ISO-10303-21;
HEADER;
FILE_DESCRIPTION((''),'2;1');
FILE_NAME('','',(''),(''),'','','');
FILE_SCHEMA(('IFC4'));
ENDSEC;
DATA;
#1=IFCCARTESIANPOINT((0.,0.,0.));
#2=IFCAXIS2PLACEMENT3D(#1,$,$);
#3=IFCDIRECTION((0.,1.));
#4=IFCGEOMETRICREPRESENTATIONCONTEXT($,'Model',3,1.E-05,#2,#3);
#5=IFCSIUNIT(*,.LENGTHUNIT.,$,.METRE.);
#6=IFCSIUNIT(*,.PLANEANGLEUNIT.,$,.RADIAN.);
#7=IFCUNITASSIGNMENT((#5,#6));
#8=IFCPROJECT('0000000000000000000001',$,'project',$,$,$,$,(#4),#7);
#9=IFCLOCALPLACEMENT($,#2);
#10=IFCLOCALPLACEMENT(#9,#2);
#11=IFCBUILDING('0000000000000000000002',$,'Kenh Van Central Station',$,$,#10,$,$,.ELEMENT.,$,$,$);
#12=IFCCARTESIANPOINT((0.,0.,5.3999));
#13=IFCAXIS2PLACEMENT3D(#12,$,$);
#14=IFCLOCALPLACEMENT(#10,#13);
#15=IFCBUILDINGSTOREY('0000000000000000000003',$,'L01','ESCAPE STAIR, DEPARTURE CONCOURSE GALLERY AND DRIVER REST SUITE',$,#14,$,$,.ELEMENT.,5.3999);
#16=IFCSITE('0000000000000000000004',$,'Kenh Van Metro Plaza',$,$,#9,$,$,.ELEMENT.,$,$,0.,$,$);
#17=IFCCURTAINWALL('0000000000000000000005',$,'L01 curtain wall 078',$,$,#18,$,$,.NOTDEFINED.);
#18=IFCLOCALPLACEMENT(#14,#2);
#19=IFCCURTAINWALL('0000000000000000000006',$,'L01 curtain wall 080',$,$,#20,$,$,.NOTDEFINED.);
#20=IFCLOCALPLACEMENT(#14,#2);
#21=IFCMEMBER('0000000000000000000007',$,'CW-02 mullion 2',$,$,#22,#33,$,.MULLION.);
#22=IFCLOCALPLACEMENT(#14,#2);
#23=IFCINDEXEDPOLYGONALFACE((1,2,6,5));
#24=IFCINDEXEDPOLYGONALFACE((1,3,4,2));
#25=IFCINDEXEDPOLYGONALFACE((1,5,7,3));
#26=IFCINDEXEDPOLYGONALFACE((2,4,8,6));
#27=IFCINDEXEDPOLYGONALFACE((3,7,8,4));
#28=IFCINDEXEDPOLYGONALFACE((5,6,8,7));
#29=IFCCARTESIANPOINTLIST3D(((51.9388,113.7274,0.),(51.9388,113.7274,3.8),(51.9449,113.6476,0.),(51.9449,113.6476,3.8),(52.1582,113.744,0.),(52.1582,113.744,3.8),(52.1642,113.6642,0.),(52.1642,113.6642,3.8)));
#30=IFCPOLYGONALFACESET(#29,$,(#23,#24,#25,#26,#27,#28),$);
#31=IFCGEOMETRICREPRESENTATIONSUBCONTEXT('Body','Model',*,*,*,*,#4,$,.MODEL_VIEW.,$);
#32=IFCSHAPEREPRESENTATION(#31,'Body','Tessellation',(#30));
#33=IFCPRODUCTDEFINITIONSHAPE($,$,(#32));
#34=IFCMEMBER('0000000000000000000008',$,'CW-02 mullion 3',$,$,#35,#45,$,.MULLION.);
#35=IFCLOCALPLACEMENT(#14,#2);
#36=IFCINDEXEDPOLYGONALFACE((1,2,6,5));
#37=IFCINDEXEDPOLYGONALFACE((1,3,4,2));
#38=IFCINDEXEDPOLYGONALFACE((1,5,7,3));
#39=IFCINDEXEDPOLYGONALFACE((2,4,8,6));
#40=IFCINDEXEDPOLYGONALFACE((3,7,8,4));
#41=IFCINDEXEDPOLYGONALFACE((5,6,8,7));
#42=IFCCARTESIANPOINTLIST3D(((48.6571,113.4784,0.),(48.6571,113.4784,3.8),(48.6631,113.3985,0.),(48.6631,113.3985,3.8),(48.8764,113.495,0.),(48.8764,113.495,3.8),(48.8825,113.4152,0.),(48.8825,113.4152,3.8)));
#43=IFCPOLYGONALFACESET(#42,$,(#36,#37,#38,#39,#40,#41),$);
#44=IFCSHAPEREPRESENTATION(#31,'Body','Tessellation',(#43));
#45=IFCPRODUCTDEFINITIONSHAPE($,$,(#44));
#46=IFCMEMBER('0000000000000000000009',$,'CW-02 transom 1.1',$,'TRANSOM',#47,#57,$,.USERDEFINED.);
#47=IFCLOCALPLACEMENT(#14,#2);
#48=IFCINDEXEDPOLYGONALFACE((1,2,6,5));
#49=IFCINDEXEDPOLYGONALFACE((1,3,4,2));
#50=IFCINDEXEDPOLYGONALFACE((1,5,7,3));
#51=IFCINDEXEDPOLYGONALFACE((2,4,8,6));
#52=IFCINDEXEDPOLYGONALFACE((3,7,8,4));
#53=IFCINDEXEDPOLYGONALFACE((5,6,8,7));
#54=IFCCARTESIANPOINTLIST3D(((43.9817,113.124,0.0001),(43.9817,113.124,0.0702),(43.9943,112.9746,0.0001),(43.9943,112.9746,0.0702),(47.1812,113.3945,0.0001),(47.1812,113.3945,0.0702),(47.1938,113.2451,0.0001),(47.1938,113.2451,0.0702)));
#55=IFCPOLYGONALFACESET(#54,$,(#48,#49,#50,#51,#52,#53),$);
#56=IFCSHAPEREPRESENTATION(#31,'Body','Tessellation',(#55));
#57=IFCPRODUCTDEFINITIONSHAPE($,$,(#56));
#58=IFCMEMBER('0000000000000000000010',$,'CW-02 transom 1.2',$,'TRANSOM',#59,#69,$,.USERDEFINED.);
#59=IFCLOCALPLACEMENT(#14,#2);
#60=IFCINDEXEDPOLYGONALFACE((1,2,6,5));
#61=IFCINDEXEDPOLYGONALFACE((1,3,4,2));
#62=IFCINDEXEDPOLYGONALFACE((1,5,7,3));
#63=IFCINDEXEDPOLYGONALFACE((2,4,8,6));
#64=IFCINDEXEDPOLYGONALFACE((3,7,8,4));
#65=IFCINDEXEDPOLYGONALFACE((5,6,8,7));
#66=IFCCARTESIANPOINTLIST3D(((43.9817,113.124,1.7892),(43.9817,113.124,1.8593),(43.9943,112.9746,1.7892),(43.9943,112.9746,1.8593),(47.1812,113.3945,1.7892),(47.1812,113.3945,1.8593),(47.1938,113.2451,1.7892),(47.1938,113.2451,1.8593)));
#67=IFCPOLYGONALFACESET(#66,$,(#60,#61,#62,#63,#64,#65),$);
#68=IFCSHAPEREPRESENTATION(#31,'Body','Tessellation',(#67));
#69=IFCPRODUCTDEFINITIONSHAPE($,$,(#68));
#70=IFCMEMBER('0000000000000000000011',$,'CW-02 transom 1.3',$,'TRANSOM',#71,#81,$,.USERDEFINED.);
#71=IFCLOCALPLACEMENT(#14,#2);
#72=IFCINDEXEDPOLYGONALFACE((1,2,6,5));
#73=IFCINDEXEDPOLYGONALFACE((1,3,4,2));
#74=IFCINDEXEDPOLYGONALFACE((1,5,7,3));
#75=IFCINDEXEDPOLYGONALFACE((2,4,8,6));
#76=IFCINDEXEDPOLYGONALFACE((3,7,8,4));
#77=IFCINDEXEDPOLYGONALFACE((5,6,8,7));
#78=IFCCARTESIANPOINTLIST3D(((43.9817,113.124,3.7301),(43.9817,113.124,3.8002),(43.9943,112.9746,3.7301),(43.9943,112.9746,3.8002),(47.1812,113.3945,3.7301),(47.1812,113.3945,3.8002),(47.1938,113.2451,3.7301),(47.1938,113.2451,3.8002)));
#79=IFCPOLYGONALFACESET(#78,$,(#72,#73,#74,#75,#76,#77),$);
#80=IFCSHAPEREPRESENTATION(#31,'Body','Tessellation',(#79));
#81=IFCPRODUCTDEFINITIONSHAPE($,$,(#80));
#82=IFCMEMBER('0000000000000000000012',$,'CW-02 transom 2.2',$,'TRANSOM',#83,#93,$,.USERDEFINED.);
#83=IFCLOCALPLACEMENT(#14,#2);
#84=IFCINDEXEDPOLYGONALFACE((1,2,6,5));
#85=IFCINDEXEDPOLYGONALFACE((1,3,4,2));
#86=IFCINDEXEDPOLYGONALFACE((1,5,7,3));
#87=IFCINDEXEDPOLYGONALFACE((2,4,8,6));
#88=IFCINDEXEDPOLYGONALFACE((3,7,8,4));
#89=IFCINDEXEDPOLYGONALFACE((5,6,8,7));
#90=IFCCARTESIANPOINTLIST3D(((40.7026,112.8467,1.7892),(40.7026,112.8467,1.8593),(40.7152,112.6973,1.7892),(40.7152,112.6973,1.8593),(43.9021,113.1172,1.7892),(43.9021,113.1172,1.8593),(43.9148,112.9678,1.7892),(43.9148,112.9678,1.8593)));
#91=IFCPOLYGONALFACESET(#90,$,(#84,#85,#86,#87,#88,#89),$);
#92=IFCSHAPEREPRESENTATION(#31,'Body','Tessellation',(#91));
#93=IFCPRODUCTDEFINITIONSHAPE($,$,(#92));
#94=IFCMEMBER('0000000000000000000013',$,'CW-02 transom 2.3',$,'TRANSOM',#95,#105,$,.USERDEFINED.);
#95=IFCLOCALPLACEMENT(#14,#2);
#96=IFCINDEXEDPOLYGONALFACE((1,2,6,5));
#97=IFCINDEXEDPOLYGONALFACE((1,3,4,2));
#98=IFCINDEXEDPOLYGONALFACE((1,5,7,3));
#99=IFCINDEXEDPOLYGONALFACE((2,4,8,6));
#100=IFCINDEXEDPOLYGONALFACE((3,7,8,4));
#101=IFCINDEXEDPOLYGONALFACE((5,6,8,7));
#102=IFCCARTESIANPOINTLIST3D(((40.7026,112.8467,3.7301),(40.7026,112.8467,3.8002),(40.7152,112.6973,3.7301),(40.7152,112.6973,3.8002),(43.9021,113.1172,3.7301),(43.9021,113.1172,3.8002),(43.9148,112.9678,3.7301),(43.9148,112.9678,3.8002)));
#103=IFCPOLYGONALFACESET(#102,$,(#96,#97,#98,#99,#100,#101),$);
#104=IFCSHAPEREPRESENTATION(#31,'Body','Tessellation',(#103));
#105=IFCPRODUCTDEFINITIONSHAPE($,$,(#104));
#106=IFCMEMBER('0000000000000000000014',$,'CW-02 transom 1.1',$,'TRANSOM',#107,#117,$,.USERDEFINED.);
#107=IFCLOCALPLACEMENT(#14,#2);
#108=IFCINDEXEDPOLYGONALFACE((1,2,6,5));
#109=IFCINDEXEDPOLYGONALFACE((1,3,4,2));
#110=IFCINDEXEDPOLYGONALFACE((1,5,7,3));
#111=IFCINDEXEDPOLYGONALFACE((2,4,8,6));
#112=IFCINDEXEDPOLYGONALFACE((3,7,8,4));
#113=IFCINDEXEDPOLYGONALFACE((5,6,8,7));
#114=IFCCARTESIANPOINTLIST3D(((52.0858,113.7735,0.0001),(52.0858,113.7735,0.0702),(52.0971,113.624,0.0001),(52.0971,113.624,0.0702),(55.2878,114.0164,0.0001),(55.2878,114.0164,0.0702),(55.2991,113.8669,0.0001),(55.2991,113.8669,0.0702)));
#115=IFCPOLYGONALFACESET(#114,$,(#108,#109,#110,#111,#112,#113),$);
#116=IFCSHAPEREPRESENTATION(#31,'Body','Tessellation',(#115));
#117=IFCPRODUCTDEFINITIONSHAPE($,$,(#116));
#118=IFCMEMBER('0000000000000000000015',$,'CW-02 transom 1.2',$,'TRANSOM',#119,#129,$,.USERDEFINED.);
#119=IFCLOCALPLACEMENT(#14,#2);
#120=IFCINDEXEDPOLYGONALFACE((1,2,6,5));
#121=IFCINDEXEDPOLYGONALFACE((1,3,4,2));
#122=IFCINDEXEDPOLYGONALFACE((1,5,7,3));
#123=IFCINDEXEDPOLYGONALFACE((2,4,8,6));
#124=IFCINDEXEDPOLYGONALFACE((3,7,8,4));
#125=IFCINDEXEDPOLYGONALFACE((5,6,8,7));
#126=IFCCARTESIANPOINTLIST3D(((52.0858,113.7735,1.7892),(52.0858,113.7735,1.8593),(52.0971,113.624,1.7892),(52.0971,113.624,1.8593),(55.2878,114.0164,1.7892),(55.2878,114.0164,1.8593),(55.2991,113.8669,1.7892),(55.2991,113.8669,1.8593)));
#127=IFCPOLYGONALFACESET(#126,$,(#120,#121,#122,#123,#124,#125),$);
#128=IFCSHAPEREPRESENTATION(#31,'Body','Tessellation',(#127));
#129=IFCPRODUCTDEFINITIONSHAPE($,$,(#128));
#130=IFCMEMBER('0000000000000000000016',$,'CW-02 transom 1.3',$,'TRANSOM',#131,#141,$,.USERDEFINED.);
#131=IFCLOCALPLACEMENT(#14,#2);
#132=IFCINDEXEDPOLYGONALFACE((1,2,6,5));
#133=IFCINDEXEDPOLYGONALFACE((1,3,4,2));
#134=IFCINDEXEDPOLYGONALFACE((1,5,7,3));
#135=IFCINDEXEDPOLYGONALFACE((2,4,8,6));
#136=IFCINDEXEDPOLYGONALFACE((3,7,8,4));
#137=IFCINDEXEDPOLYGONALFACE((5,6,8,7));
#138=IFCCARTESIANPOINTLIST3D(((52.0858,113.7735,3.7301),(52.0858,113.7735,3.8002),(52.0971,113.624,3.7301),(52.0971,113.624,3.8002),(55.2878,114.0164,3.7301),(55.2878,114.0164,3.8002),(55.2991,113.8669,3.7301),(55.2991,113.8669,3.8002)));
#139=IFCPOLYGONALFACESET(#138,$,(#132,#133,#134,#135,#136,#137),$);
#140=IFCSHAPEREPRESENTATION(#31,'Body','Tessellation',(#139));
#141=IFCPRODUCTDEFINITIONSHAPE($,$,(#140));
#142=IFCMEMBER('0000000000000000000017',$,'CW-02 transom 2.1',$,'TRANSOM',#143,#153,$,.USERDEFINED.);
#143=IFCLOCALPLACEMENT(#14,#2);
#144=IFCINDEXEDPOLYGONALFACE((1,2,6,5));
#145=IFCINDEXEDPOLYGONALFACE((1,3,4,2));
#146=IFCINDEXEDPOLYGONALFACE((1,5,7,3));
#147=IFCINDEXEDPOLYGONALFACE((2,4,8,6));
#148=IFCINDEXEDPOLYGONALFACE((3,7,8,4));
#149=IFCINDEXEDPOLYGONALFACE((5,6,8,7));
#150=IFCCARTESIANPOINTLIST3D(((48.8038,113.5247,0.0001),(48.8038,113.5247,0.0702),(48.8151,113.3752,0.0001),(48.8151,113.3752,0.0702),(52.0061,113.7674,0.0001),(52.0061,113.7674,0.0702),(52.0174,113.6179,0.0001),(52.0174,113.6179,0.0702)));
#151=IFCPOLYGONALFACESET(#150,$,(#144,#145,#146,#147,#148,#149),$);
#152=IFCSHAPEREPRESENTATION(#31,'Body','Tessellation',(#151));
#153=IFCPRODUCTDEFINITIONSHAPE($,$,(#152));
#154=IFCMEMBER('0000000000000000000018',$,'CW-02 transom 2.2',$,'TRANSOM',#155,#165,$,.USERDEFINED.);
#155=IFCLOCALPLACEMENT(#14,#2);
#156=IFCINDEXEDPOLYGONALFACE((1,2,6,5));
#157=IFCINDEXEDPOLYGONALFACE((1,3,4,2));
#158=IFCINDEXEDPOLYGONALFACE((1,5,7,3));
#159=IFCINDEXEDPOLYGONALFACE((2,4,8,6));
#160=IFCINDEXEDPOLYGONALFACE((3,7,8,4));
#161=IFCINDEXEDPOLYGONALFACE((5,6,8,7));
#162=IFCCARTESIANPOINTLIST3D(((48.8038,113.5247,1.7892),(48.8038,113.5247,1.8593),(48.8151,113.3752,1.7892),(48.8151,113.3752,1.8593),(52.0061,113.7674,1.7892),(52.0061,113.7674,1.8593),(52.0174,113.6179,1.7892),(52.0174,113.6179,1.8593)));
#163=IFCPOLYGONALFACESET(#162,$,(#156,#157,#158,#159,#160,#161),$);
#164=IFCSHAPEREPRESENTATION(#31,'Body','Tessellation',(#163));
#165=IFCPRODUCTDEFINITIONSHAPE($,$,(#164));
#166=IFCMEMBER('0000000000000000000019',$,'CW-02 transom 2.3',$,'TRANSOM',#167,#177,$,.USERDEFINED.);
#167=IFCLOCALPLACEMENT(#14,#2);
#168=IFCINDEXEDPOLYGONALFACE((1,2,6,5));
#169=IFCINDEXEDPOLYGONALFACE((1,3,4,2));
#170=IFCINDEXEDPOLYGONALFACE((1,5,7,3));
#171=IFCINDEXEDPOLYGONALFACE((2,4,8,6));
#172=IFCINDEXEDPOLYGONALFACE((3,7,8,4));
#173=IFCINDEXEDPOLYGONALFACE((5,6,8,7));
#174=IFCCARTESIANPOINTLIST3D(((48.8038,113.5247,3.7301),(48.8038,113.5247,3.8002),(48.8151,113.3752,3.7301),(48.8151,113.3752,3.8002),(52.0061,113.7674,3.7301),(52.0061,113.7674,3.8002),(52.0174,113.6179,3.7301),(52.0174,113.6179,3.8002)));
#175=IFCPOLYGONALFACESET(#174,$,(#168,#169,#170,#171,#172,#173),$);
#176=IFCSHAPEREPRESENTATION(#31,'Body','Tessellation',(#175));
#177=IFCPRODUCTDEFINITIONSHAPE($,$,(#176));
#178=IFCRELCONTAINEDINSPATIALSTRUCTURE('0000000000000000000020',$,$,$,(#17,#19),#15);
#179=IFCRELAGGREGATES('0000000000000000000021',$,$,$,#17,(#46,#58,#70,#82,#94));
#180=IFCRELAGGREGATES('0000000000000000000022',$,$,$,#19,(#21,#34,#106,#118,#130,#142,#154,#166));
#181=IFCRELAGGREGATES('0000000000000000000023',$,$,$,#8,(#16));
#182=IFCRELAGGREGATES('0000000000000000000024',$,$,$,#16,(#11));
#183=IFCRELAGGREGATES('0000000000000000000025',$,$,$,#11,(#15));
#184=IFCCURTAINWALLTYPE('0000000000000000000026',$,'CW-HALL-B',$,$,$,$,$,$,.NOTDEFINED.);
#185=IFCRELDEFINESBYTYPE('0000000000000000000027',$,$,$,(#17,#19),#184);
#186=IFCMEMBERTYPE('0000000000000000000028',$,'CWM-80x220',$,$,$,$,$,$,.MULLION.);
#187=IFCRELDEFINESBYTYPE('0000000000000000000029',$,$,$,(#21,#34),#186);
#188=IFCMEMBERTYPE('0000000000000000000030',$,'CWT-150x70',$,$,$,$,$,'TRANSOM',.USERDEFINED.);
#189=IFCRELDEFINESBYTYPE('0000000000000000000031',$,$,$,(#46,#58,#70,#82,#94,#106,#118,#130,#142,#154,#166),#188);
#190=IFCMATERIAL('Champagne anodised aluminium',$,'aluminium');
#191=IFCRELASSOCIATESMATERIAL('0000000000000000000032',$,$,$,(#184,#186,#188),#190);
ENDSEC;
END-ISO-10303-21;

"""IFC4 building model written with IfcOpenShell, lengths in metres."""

from ifc_helpers import new_model, si_unit, direction, frame, origin, origin_2d, place, context, subcontext, project, spatial, rectangle, extrude, material, material_profile, profile_set, type_object, element, aggregate, save


model = new_model("IFC4")

# Units and contexts
model_context = context("Model", 3, precision=1e-05, world=origin(), true_north=direction((0.0, 1.0)))
body_context = subcontext(model_context, "Body", "Model", "MODEL_VIEW")
ifc_project = project(units=[si_unit("LENGTHUNIT", "METRE"), si_unit("PLANEANGLEUNIT", "RADIAN")], contexts=[model_context])

# Site, building, storey
site_placement = place(None, origin())
site = spatial("IfcSite", under=ifc_project, at=site_placement, Name="Kenh Van Metro Plaza", CompositionType="ELEMENT", RefElevation=0.0)
building_placement = place(site_placement, origin())
building = spatial("IfcBuilding", under=site, at=building_placement, Name="Kenh Van Central Station", CompositionType="ELEMENT")
storey_placement = place(building_placement, frame((0.0, 0.0, 5.3999)))
storey = spatial("IfcBuildingStorey", under=building, at=storey_placement, Name="L01", Description="ESCAPE STAIR, DEPARTURE CONCOURSE GALLERY AND DRIVER REST SUITE", CompositionType="ELEMENT", Elevation=5.3999)

# Curtain walls, members
ifc_material_1 = material(Name="Champagne anodised aluminium", Category="aluminium")
curtain_wall_type = type_object("IfcCurtainWallType", Name="CW-HALL-B", PredefinedType="NOTDEFINED", material=ifc_material_1)
curtain_wall_1_placement = place(storey_placement, origin())
curtain_wall_1 = element("IfcCurtainWall", 1, at=curtain_wall_1_placement, inside=storey, type_object=curtain_wall_type, Name="L01 curtain wall 078", PredefinedType="NOTDEFINED")
ifc_material_profile_1 = material_profile(ifc_material_1, rectangle(XDim=0.0801, YDim=0.22, at=origin_2d()), Name="AL 80x220")
ifc_profile_set_1 = profile_set([ifc_material_profile_1], Name="Champagne anodised aluminium")
member_type_1 = type_object("IfcMemberType", Name="CWM-80x220", PredefinedType="MULLION", material=ifc_profile_set_1)
curtain_wall_2_placement = place(storey_placement, origin())
curtain_wall_2 = element("IfcCurtainWall", 2, at=curtain_wall_2_placement, inside=storey, type_object=curtain_wall_type, Name="L01 curtain wall 080", PredefinedType="NOTDEFINED")
member_1_placement = place(storey_placement, frame((52.0515, 113.6958, 0.0), z_axis=(0.0, 0.0, 1.0), x_axis=(0.075632, -0.997136, 0.0)))
member_1 = element("IfcMember", 3, at=member_1_placement, type_object=member_type_1, Name="CW-02 mullion 2", PredefinedType="MULLION", context=body_context, shape_type="SweptSolid", body=[
    extrude(rectangle(XDim=0.0801, YDim=0.22, at=origin_2d()), origin(), (0.0, 0.0, 1.0), 3.8),
])
member_2_placement = place(storey_placement, frame((48.7698, 113.4468, 0.0), z_axis=(0.0, 0.0, 1.0), x_axis=(0.075632, -0.997136, 0.0)))
member_2 = element("IfcMember", 4, at=member_2_placement, type_object=member_type_1, Name="CW-02 mullion 3", PredefinedType="MULLION", context=body_context, shape_type="SweptSolid", body=[
    extrude(rectangle(XDim=0.0801, YDim=0.22, at=origin_2d()), origin(), (0.0, 0.0, 1.0), 3.8),
])

# Members
ifc_material_profile_2 = material_profile(ifc_material_1, rectangle(XDim=0.1499, YDim=0.0701, at=origin_2d()), Name="AL 150x70")
ifc_profile_set_2 = profile_set([ifc_material_profile_2], Name="Champagne anodised aluminium")
member_type_2 = type_object("IfcMemberType", Name="CWT-150x70", ElementType="TRANSOM", PredefinedType="USERDEFINED", material=ifc_profile_set_2)
member_3_placement = place(storey_placement, frame((47.1875, 113.3198, 0.0352), z_axis=(-0.996445, -0.084247, 0.0), x_axis=(0.084247, -0.996445, 0.0)))
member_3 = element("IfcMember", 5, at=member_3_placement, type_object=member_type_2, Name="CW-02 transom 1.1", ObjectType="TRANSOM", PredefinedType="USERDEFINED", context=body_context, shape_type="SweptSolid", body=[
    extrude(rectangle(XDim=0.1499, YDim=0.0701, at=origin_2d()), origin(), (0.0, 0.0, 1.0), 3.2109),
])
member_4_placement = place(storey_placement, frame((47.1875, 113.3198, 1.8242), z_axis=(-0.996445, -0.084247, 0.0), x_axis=(0.084247, -0.996445, 0.0)))
member_4 = element("IfcMember", 6, at=member_4_placement, type_object=member_type_2, Name="CW-02 transom 1.2", ObjectType="TRANSOM", PredefinedType="USERDEFINED", context=body_context, shape_type="SweptSolid", body=[
    extrude(rectangle(XDim=0.1499, YDim=0.0701, at=origin_2d()), origin(), (0.0, 0.0, 1.0), 3.2109),
])
member_5_placement = place(storey_placement, frame((47.1875, 113.3198, 3.7651), z_axis=(-0.996445, -0.084247, 0.0), x_axis=(0.084247, -0.996445, 0.0)))
member_5 = element("IfcMember", 7, at=member_5_placement, type_object=member_type_2, Name="CW-02 transom 1.3", ObjectType="TRANSOM", PredefinedType="USERDEFINED", context=body_context, shape_type="SweptSolid", body=[
    extrude(rectangle(XDim=0.1499, YDim=0.0701, at=origin_2d()), origin(), (0.0, 0.0, 1.0), 3.2109),
])
member_6_placement = place(storey_placement, frame((43.9084, 113.0425, 1.8242), z_axis=(-0.996445, -0.084247, 0.0), x_axis=(0.084247, -0.996445, 0.0)))
member_6 = element("IfcMember", 8, at=member_6_placement, type_object=member_type_2, Name="CW-02 transom 2.2", ObjectType="TRANSOM", PredefinedType="USERDEFINED", context=body_context, shape_type="SweptSolid", body=[
    extrude(rectangle(XDim=0.1499, YDim=0.0701, at=origin_2d()), origin(), (0.0, 0.0, 1.0), 3.2109),
])
member_7_placement = place(storey_placement, frame((43.9084, 113.0425, 3.7651), z_axis=(-0.996445, -0.084247, 0.0), x_axis=(0.084247, -0.996445, 0.0)))
member_7 = element("IfcMember", 9, at=member_7_placement, type_object=member_type_2, Name="CW-02 transom 2.3", ObjectType="TRANSOM", PredefinedType="USERDEFINED", context=body_context, shape_type="SweptSolid", body=[
    extrude(rectangle(XDim=0.1499, YDim=0.0701, at=origin_2d()), origin(), (0.0, 0.0, 1.0), 3.2109),
])
member_8_placement = place(storey_placement, frame((55.2935, 113.9417, 0.0352), z_axis=(-0.997134, -0.07565, 0.0), x_axis=(0.07565, -0.997134, 0.0)))
member_8 = element("IfcMember", 10, at=member_8_placement, type_object=member_type_2, Name="CW-02 transom 1.1", ObjectType="TRANSOM", PredefinedType="USERDEFINED", context=body_context, shape_type="SweptSolid", body=[
    extrude(rectangle(XDim=0.1499, YDim=0.0701, at=origin_2d()), origin(), (0.0, 0.0, 1.0), 3.2112),
])
member_9_placement = place(storey_placement, frame((55.2935, 113.9417, 1.8242), z_axis=(-0.997134, -0.07565, 0.0), x_axis=(0.07565, -0.997134, 0.0)))
member_9 = element("IfcMember", 11, at=member_9_placement, type_object=member_type_2, Name="CW-02 transom 1.2", ObjectType="TRANSOM", PredefinedType="USERDEFINED", context=body_context, shape_type="SweptSolid", body=[
    extrude(rectangle(XDim=0.1499, YDim=0.0701, at=origin_2d()), origin(), (0.0, 0.0, 1.0), 3.2112),
])
member_10_placement = place(storey_placement, frame((55.2935, 113.9417, 3.7651), z_axis=(-0.997134, -0.07565, 0.0), x_axis=(0.07565, -0.997134, 0.0)))
member_10 = element("IfcMember", 12, at=member_10_placement, type_object=member_type_2, Name="CW-02 transom 1.3", ObjectType="TRANSOM", PredefinedType="USERDEFINED", context=body_context, shape_type="SweptSolid", body=[
    extrude(rectangle(XDim=0.1499, YDim=0.0701, at=origin_2d()), origin(), (0.0, 0.0, 1.0), 3.2112),
])
member_11_placement = place(storey_placement, frame((52.0117, 113.6926, 0.0352), z_axis=(-0.997141, -0.075569, 0.0), x_axis=(0.075569, -0.997141, 0.0)))
member_11 = element("IfcMember", 13, at=member_11_placement, type_object=member_type_2, Name="CW-02 transom 2.1", ObjectType="TRANSOM", PredefinedType="USERDEFINED", context=body_context, shape_type="SweptSolid", body=[
    extrude(rectangle(XDim=0.1499, YDim=0.0701, at=origin_2d()), origin(), (0.0, 0.0, 1.0), 3.2114),
])
member_12_placement = place(storey_placement, frame((52.0117, 113.6926, 1.8242), z_axis=(-0.997141, -0.075569, 0.0), x_axis=(0.075569, -0.997141, 0.0)))
member_12 = element("IfcMember", 14, at=member_12_placement, type_object=member_type_2, Name="CW-02 transom 2.2", ObjectType="TRANSOM", PredefinedType="USERDEFINED", context=body_context, shape_type="SweptSolid", body=[
    extrude(rectangle(XDim=0.1499, YDim=0.0701, at=origin_2d()), origin(), (0.0, 0.0, 1.0), 3.2114),
])
member_13_placement = place(storey_placement, frame((52.0117, 113.6926, 3.7651), z_axis=(-0.997141, -0.075569, 0.0), x_axis=(0.075569, -0.997141, 0.0)))
member_13 = element("IfcMember", 15, at=member_13_placement, type_object=member_type_2, Name="CW-02 transom 2.3", ObjectType="TRANSOM", PredefinedType="USERDEFINED", context=body_context, shape_type="SweptSolid", body=[
    extrude(rectangle(XDim=0.1499, YDim=0.0701, at=origin_2d()), origin(), (0.0, 0.0, 1.0), 3.2114),
])

aggregate(curtain_wall_1, [member_3, member_4, member_5, member_6, member_7])
aggregate(curtain_wall_2, [member_1, member_2, member_8, member_9, member_10, member_11, member_12, member_13])

save(model, "model.ifc")
